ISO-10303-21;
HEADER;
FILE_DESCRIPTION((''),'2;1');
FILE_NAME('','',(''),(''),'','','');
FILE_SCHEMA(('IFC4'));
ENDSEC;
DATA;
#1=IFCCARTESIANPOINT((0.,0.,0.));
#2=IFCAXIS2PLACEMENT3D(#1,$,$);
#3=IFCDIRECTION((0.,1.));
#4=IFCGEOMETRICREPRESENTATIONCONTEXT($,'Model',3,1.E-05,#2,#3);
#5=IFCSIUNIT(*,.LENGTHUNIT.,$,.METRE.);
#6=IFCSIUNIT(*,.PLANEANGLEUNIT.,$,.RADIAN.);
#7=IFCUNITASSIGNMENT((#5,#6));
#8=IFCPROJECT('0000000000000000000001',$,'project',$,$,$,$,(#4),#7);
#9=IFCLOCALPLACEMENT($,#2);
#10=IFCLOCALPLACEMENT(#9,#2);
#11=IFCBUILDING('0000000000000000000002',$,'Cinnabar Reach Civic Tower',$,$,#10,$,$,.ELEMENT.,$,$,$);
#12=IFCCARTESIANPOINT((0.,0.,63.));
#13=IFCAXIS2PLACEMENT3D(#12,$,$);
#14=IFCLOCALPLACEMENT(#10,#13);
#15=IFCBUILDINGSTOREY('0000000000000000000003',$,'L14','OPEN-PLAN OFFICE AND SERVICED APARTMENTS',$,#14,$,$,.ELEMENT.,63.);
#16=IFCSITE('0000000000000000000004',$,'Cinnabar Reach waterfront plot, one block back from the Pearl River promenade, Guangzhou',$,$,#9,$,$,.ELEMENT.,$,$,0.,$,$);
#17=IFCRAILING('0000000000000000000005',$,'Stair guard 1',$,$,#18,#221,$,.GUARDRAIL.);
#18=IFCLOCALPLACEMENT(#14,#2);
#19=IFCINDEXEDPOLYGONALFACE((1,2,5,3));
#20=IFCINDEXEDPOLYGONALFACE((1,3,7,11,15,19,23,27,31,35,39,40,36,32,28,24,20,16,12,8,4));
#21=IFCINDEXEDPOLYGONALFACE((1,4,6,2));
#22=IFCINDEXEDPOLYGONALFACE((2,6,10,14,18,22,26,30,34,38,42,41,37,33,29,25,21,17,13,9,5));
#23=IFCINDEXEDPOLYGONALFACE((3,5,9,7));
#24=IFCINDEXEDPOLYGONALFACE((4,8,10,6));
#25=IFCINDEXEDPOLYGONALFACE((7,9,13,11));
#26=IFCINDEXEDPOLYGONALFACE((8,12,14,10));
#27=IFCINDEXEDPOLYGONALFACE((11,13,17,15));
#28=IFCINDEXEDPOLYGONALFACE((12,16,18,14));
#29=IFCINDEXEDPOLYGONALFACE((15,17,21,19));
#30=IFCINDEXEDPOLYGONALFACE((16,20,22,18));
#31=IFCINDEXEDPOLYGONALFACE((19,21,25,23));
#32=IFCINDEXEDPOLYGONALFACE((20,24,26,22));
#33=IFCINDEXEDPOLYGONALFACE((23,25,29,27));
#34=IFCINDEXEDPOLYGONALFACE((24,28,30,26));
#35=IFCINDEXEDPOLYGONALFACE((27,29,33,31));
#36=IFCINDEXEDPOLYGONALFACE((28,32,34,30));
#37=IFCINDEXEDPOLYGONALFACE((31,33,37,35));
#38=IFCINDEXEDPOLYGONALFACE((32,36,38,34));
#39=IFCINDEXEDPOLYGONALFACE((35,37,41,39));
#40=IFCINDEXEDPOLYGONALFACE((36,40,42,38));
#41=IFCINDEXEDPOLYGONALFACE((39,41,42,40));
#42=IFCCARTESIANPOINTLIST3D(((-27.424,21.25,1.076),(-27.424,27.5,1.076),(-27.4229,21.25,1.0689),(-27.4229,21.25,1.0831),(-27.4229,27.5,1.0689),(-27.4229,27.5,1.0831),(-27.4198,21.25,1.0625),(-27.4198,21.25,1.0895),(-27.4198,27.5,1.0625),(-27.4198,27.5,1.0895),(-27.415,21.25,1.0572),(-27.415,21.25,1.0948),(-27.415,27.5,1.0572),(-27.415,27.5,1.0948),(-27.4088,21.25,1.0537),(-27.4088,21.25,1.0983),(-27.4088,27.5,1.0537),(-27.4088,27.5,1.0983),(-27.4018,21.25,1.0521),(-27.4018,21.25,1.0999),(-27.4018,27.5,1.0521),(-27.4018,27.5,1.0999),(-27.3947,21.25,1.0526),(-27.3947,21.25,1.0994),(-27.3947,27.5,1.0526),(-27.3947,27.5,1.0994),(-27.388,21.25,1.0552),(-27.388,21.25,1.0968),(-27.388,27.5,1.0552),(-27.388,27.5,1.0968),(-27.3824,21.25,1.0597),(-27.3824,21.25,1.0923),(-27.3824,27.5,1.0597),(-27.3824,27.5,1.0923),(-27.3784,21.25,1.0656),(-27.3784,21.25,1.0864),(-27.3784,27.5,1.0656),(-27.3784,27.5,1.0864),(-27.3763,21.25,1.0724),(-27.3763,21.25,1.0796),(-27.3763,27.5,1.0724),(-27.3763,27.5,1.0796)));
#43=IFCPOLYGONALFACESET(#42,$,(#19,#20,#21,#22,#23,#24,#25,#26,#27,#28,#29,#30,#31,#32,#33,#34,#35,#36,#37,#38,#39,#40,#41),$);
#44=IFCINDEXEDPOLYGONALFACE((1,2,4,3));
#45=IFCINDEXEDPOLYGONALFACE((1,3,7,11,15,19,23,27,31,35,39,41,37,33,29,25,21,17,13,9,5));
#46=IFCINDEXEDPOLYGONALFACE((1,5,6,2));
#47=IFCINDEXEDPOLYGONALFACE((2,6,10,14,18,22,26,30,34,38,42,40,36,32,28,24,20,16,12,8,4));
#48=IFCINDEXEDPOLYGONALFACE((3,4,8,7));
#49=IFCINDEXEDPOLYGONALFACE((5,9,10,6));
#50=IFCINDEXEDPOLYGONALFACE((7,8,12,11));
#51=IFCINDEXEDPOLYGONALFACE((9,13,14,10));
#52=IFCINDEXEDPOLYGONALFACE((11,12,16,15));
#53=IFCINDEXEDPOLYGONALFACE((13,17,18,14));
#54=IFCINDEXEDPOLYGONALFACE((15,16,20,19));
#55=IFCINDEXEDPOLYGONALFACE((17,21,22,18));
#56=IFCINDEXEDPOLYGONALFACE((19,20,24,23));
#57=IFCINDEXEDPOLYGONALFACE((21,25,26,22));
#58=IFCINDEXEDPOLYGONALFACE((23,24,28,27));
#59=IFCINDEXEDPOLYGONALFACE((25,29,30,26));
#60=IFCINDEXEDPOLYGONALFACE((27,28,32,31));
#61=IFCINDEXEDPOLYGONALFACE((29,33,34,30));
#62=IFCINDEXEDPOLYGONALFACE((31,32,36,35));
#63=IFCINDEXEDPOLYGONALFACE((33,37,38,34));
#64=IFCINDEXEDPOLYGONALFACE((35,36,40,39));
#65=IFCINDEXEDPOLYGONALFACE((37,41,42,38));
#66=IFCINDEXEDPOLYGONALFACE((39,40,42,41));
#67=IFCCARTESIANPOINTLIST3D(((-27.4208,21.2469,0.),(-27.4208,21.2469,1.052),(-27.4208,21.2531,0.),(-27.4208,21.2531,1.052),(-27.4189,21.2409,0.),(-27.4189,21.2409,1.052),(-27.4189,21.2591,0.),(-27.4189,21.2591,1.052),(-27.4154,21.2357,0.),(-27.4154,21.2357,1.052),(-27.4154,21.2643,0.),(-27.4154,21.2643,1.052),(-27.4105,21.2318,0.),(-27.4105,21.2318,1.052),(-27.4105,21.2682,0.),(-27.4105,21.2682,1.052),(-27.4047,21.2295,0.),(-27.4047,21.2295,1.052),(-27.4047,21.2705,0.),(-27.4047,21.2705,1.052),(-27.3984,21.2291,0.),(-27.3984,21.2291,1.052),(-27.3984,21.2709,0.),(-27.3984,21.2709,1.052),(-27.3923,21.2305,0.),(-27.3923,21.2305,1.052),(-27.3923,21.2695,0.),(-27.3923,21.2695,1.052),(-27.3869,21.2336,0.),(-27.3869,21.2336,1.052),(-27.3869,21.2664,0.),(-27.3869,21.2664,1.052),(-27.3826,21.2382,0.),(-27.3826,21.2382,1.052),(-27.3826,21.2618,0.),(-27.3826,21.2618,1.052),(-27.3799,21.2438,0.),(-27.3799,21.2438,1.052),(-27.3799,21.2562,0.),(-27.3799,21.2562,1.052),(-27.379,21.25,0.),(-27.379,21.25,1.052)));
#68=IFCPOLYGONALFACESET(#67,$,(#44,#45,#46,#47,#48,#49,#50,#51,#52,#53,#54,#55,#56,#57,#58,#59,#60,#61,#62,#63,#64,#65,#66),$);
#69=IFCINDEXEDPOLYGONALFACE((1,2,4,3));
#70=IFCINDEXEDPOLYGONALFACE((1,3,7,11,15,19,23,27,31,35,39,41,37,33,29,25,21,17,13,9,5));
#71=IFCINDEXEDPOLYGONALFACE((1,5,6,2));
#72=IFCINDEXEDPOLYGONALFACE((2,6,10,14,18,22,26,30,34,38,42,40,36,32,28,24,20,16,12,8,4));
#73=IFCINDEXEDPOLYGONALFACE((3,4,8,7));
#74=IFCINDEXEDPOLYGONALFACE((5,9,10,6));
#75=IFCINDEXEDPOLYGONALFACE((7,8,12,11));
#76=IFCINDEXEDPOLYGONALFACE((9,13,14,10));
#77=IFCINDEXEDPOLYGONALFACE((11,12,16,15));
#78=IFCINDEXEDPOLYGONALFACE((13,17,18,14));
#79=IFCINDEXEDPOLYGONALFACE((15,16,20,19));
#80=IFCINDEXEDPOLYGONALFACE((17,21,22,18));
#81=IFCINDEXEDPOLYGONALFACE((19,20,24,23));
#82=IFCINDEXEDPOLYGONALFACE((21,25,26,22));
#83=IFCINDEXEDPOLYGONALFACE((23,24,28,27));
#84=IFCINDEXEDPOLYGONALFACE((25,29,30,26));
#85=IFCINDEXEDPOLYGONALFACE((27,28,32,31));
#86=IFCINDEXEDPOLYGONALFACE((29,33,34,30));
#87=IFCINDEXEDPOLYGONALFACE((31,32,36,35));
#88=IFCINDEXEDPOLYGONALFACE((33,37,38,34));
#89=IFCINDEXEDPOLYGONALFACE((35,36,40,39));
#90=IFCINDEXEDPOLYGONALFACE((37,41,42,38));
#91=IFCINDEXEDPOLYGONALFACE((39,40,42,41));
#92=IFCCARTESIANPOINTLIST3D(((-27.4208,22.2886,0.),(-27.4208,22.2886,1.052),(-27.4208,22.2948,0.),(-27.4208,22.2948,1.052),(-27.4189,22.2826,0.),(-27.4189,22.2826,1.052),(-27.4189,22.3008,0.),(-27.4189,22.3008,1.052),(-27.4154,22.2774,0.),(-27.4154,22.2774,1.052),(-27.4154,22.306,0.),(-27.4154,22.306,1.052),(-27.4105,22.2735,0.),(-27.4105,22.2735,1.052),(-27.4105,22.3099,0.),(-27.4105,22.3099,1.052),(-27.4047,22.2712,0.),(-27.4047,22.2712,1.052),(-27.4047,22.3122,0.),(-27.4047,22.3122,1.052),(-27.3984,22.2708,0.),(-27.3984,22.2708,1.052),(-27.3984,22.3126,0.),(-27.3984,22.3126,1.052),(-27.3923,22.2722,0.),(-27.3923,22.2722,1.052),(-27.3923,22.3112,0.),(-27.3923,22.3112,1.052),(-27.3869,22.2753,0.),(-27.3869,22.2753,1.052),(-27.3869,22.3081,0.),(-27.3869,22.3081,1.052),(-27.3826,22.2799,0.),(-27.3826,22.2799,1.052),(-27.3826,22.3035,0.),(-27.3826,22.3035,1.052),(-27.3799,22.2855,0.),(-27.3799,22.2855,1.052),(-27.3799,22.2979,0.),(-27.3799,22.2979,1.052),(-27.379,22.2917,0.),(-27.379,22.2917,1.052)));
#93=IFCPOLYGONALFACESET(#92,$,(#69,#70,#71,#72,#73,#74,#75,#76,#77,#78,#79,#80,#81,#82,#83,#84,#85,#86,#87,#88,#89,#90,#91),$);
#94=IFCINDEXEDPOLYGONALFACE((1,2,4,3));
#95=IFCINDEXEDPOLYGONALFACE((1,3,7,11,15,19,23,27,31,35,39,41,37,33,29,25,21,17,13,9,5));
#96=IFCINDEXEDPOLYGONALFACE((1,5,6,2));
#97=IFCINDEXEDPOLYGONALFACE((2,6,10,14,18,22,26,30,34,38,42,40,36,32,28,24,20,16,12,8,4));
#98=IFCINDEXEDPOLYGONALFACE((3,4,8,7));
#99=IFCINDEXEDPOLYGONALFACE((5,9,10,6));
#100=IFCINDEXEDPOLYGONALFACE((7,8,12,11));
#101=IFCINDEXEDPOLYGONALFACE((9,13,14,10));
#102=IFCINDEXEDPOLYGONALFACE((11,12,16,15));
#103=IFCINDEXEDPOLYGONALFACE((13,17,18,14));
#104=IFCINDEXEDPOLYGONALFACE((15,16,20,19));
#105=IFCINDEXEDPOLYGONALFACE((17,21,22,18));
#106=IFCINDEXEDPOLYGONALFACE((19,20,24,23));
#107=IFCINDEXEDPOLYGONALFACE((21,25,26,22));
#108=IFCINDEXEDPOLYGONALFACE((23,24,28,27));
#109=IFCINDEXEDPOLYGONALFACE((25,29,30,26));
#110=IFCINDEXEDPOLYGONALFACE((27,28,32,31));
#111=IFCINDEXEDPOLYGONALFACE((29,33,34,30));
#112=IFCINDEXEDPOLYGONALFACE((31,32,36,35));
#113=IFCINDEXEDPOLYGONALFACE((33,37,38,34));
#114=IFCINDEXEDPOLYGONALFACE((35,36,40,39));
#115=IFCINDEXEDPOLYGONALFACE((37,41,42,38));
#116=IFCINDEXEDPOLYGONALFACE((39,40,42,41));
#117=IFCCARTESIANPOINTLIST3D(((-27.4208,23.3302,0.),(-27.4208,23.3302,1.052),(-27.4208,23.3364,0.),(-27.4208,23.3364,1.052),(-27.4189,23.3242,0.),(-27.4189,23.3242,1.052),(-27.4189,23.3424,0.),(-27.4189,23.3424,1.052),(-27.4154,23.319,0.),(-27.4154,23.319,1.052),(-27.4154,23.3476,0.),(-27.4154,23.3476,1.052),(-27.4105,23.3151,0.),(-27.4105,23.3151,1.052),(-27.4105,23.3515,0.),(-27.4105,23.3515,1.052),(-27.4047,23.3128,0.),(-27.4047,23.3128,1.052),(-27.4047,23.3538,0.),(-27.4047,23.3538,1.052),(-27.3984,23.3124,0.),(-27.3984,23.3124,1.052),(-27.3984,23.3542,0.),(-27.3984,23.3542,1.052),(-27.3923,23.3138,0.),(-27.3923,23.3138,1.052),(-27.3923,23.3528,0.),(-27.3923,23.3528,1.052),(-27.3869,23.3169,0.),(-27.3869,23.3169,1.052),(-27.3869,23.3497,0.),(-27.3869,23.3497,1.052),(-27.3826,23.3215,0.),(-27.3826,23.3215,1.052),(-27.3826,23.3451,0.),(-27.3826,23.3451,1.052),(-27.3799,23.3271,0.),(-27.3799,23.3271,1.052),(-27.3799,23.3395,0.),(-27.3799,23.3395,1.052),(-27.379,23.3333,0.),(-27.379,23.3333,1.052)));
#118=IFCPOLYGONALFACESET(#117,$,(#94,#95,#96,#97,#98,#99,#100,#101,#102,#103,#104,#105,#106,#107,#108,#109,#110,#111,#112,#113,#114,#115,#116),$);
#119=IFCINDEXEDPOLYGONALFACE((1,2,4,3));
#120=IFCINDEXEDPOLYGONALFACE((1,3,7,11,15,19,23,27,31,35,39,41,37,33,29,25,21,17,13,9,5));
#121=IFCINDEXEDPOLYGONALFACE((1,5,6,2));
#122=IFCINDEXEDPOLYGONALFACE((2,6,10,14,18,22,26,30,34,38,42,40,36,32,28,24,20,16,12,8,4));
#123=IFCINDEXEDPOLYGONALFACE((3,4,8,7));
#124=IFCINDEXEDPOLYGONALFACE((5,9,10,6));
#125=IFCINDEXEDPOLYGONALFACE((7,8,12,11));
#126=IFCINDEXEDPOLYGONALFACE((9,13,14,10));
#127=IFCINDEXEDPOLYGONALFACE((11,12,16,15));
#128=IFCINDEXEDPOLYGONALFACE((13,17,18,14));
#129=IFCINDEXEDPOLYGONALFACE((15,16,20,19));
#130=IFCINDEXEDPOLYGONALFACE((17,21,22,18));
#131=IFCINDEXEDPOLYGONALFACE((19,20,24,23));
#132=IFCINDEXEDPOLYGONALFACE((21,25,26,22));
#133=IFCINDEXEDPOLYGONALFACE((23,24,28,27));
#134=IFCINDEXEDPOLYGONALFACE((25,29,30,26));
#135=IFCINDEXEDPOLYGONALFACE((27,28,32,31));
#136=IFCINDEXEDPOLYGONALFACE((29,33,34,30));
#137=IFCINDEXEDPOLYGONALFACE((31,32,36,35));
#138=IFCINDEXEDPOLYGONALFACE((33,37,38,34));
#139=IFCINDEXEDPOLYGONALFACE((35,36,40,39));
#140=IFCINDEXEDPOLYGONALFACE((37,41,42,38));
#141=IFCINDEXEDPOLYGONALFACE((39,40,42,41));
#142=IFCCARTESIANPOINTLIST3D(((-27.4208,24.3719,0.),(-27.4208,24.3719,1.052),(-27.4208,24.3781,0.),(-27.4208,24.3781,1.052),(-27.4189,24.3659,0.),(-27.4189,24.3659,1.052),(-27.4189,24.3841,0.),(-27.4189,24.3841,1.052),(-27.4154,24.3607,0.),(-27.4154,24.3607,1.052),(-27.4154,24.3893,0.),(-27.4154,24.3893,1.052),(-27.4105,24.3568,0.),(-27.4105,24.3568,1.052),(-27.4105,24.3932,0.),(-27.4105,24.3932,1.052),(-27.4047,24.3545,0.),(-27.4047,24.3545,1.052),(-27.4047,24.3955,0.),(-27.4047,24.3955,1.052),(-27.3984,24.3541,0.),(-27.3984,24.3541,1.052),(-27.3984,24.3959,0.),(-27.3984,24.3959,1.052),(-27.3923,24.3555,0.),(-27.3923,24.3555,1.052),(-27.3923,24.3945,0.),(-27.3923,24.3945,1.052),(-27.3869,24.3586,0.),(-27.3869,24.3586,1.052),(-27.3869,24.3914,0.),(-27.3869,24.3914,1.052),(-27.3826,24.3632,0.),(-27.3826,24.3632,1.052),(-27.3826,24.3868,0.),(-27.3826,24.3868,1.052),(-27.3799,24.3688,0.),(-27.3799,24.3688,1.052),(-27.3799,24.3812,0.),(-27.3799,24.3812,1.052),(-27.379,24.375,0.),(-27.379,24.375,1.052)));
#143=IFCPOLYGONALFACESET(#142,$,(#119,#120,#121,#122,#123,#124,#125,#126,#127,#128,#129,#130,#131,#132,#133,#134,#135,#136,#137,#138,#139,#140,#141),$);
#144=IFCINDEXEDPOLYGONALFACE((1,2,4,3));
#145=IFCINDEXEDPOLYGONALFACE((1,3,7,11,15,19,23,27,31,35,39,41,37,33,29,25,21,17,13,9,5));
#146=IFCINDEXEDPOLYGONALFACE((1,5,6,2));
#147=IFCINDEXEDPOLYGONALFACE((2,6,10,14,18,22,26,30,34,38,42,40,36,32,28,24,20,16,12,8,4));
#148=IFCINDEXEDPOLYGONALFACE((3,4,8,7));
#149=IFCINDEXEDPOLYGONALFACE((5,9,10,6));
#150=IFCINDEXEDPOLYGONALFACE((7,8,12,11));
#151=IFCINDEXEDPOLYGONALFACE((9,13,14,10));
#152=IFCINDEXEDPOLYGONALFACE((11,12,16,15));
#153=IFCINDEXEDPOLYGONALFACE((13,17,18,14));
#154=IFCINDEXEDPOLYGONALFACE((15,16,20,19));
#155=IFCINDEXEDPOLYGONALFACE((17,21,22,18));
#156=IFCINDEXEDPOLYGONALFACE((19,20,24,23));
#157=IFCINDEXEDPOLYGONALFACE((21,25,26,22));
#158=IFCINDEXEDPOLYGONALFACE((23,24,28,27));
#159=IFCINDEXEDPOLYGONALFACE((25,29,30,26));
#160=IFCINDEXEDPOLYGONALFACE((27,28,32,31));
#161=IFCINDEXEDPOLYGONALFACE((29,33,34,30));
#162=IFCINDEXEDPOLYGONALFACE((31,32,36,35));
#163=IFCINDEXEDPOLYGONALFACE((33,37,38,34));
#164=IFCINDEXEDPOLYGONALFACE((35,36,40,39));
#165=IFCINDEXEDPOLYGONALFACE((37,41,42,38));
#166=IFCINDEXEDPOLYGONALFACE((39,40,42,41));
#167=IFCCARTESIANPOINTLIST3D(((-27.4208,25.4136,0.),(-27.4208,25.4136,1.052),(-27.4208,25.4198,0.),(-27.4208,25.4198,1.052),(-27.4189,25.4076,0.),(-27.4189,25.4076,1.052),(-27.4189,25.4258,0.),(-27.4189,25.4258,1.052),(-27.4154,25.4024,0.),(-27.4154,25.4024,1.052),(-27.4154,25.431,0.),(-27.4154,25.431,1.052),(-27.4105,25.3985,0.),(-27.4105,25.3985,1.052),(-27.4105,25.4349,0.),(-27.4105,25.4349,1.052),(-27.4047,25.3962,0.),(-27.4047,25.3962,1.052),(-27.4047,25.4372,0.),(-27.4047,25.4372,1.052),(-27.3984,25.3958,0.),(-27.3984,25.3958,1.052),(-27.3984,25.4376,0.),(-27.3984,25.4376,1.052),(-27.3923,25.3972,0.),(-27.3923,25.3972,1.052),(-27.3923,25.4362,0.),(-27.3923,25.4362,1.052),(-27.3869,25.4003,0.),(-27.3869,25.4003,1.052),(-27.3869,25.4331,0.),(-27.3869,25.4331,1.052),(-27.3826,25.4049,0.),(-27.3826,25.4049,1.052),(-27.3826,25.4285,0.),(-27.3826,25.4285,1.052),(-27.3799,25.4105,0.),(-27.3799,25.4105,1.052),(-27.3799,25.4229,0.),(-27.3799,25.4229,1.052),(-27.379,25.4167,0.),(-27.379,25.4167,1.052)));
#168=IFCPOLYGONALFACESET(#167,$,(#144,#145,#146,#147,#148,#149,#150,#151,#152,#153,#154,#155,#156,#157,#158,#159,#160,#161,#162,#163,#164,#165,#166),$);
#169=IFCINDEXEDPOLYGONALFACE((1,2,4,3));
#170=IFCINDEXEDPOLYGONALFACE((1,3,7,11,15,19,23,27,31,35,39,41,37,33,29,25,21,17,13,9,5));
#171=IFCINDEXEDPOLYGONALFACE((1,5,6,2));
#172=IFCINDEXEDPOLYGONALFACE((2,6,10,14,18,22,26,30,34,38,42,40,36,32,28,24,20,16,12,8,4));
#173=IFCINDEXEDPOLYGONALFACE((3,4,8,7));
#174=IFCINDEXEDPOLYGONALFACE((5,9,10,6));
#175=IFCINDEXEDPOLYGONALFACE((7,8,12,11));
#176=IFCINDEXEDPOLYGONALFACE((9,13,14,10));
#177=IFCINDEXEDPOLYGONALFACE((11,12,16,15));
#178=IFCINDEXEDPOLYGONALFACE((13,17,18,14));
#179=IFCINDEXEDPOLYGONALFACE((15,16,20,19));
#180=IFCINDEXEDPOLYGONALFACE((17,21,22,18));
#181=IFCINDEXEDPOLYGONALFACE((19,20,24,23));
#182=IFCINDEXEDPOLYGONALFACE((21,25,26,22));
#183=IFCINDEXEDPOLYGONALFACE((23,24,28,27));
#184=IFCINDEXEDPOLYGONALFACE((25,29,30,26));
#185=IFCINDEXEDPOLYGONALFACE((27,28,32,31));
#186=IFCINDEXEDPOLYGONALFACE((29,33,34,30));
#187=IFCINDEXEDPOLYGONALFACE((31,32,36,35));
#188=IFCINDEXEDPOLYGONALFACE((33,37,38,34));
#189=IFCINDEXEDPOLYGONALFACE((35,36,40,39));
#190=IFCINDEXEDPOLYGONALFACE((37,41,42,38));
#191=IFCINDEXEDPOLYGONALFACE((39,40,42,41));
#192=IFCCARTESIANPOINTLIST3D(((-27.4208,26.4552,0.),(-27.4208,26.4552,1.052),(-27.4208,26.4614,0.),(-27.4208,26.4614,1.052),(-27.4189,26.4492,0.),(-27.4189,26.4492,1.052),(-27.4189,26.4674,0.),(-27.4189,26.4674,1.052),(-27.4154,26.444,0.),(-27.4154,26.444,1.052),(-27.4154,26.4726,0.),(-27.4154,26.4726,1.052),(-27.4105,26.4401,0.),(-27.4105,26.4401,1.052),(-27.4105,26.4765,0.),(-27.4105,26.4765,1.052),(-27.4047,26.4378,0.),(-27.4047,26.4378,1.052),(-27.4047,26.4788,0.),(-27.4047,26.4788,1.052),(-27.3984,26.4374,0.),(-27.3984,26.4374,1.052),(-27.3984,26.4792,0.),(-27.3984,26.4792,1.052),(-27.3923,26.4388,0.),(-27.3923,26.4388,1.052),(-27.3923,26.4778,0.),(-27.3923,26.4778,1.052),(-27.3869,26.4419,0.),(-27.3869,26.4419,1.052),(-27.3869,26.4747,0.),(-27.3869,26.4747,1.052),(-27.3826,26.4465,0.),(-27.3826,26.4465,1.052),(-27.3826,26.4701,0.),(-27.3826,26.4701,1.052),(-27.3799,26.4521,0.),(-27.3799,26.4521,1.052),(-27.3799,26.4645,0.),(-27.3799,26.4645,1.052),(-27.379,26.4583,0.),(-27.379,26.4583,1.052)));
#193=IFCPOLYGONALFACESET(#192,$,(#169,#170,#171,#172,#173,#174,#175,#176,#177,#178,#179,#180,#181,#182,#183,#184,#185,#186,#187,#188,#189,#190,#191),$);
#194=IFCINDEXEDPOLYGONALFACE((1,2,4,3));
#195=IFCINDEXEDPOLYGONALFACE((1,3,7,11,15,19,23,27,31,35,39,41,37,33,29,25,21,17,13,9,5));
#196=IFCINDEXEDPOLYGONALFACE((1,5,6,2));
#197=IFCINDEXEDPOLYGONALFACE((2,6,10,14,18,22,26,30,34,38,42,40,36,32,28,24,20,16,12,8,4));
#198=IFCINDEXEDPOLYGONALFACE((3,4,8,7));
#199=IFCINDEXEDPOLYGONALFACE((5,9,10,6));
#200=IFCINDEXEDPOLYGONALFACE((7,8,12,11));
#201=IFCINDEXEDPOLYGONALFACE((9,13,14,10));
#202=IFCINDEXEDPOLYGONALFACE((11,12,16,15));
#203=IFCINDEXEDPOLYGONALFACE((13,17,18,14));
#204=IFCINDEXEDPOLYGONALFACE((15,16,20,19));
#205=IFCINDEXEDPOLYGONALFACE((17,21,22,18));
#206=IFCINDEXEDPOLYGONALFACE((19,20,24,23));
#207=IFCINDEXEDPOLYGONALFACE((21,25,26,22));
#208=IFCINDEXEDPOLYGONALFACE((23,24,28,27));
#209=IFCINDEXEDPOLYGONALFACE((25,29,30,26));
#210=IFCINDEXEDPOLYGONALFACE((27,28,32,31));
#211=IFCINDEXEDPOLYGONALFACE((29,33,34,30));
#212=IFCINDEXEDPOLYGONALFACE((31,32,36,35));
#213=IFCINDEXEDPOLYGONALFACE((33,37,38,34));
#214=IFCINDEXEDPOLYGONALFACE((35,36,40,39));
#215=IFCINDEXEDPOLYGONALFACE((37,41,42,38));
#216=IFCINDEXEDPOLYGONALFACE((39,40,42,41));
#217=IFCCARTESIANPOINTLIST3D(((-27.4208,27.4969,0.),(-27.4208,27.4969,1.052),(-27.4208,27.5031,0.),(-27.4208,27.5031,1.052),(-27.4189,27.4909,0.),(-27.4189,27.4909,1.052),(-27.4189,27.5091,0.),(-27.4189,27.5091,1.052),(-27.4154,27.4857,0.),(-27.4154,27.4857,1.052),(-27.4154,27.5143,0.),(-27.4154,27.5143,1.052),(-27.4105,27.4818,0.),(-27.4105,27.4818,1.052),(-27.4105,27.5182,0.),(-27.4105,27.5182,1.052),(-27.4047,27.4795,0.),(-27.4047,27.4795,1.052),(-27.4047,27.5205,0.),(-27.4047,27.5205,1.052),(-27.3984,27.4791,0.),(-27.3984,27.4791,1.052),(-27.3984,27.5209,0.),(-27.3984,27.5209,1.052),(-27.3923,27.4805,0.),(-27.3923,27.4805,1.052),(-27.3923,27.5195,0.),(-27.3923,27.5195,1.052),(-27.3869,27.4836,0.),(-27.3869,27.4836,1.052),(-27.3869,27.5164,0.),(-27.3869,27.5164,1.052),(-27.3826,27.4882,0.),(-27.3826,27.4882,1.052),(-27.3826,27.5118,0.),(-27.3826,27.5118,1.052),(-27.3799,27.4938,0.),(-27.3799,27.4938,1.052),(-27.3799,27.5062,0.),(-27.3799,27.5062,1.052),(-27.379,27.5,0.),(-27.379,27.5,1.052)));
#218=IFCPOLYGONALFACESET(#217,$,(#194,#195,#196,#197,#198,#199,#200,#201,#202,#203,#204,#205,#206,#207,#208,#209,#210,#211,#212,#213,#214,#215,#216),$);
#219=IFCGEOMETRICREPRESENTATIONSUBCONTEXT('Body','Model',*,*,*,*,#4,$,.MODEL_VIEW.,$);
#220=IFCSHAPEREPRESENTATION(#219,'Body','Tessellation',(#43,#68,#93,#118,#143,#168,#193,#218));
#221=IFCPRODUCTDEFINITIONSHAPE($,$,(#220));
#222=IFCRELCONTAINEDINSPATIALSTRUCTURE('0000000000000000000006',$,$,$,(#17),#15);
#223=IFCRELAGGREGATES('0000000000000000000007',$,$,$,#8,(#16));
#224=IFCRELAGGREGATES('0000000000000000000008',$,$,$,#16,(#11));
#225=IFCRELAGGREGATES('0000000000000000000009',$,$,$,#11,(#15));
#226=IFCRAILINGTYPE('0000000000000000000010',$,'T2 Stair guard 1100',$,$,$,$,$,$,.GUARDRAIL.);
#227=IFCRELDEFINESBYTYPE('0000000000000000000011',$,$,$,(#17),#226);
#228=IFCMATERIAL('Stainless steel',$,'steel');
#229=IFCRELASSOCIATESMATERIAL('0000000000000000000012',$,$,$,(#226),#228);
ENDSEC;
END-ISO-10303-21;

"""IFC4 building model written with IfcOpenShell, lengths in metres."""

from ifc_helpers import new_model, si_unit, direction, frame, origin, origin_2d, place, context, subcontext, project, spatial, circle, extrude, material, type_object, element, save


model = new_model("IFC4")

# Units and contexts
model_context = context("Model", 3, precision=1e-05, world=origin(), true_north=direction((0.0, 1.0)))
body_context = subcontext(model_context, "Body", "Model", "MODEL_VIEW")
ifc_project = project(units=[si_unit("LENGTHUNIT", "METRE"), si_unit("PLANEANGLEUNIT", "RADIAN")], contexts=[model_context])

# Site, building, storey
site_placement = place(None, origin())
site = spatial("IfcSite", under=ifc_project, at=site_placement, Name="Cinnabar Reach waterfront plot, one block back from the Pearl River promenade, Guangzhou", CompositionType="ELEMENT", RefElevation=0.0)
building_placement = place(site_placement, origin())
building = spatial("IfcBuilding", under=site, at=building_placement, Name="Cinnabar Reach Civic Tower", CompositionType="ELEMENT")
storey_placement = place(building_placement, frame((0.0, 0.0, 63.0)))
storey = spatial("IfcBuildingStorey", under=building, at=storey_placement, Name="L14", Description="OPEN-PLAN OFFICE AND SERVICED APARTMENTS", CompositionType="ELEMENT", Elevation=63.0)

# Railing
ifc_material_1 = material(Name="Stainless steel", Category="steel")
railing_type = type_object("IfcRailingType", Name="T2 Stair guard 1100", PredefinedType="GUARDRAIL", material=ifc_material_1)
for number, where, name in (
    (1, (-27.4, 21.25, 0.0), "Stair guard 1"),
):
    element("IfcRailing", number, at=place(storey_placement, frame(where)), inside=storey, type_object=railing_type, Name=name, PredefinedType="GUARDRAIL", context=body_context, shape_type="SweptSolid", body=[
        extrude(circle(Radius=0.024, at=origin_2d()), frame((0.0, 0.0, 1.076), z_axis=(0.0, 1.0, 0.0), x_axis=(-1.0, 0.0, 0.0)), (0.0, 0.0, 1.0), 6.25),
        extrude(circle(Radius=0.021, at=origin_2d()), origin(), (0.0, 0.0, 1.0), 1.052),
        extrude(circle(Radius=0.021, at=origin_2d()), frame((0.0, 1.0417, 0.0)), (0.0, 0.0, 1.0), 1.052),
        extrude(circle(Radius=0.021, at=origin_2d()), frame((0.0, 2.0833, 0.0)), (0.0, 0.0, 1.0), 1.052),
        extrude(circle(Radius=0.021, at=origin_2d()), frame((0.0, 3.125, 0.0)), (0.0, 0.0, 1.0), 1.052),
        extrude(circle(Radius=0.021, at=origin_2d()), frame((0.0, 4.1667, 0.0)), (0.0, 0.0, 1.0), 1.052),
        extrude(circle(Radius=0.021, at=origin_2d()), frame((0.0, 5.2083, 0.0)), (0.0, 0.0, 1.0), 1.052),
        extrude(circle(Radius=0.021, at=origin_2d()), frame((0.0, 6.25, 0.0)), (0.0, 0.0, 1.0), 1.052),
    ])

save(model, "model.ifc")
